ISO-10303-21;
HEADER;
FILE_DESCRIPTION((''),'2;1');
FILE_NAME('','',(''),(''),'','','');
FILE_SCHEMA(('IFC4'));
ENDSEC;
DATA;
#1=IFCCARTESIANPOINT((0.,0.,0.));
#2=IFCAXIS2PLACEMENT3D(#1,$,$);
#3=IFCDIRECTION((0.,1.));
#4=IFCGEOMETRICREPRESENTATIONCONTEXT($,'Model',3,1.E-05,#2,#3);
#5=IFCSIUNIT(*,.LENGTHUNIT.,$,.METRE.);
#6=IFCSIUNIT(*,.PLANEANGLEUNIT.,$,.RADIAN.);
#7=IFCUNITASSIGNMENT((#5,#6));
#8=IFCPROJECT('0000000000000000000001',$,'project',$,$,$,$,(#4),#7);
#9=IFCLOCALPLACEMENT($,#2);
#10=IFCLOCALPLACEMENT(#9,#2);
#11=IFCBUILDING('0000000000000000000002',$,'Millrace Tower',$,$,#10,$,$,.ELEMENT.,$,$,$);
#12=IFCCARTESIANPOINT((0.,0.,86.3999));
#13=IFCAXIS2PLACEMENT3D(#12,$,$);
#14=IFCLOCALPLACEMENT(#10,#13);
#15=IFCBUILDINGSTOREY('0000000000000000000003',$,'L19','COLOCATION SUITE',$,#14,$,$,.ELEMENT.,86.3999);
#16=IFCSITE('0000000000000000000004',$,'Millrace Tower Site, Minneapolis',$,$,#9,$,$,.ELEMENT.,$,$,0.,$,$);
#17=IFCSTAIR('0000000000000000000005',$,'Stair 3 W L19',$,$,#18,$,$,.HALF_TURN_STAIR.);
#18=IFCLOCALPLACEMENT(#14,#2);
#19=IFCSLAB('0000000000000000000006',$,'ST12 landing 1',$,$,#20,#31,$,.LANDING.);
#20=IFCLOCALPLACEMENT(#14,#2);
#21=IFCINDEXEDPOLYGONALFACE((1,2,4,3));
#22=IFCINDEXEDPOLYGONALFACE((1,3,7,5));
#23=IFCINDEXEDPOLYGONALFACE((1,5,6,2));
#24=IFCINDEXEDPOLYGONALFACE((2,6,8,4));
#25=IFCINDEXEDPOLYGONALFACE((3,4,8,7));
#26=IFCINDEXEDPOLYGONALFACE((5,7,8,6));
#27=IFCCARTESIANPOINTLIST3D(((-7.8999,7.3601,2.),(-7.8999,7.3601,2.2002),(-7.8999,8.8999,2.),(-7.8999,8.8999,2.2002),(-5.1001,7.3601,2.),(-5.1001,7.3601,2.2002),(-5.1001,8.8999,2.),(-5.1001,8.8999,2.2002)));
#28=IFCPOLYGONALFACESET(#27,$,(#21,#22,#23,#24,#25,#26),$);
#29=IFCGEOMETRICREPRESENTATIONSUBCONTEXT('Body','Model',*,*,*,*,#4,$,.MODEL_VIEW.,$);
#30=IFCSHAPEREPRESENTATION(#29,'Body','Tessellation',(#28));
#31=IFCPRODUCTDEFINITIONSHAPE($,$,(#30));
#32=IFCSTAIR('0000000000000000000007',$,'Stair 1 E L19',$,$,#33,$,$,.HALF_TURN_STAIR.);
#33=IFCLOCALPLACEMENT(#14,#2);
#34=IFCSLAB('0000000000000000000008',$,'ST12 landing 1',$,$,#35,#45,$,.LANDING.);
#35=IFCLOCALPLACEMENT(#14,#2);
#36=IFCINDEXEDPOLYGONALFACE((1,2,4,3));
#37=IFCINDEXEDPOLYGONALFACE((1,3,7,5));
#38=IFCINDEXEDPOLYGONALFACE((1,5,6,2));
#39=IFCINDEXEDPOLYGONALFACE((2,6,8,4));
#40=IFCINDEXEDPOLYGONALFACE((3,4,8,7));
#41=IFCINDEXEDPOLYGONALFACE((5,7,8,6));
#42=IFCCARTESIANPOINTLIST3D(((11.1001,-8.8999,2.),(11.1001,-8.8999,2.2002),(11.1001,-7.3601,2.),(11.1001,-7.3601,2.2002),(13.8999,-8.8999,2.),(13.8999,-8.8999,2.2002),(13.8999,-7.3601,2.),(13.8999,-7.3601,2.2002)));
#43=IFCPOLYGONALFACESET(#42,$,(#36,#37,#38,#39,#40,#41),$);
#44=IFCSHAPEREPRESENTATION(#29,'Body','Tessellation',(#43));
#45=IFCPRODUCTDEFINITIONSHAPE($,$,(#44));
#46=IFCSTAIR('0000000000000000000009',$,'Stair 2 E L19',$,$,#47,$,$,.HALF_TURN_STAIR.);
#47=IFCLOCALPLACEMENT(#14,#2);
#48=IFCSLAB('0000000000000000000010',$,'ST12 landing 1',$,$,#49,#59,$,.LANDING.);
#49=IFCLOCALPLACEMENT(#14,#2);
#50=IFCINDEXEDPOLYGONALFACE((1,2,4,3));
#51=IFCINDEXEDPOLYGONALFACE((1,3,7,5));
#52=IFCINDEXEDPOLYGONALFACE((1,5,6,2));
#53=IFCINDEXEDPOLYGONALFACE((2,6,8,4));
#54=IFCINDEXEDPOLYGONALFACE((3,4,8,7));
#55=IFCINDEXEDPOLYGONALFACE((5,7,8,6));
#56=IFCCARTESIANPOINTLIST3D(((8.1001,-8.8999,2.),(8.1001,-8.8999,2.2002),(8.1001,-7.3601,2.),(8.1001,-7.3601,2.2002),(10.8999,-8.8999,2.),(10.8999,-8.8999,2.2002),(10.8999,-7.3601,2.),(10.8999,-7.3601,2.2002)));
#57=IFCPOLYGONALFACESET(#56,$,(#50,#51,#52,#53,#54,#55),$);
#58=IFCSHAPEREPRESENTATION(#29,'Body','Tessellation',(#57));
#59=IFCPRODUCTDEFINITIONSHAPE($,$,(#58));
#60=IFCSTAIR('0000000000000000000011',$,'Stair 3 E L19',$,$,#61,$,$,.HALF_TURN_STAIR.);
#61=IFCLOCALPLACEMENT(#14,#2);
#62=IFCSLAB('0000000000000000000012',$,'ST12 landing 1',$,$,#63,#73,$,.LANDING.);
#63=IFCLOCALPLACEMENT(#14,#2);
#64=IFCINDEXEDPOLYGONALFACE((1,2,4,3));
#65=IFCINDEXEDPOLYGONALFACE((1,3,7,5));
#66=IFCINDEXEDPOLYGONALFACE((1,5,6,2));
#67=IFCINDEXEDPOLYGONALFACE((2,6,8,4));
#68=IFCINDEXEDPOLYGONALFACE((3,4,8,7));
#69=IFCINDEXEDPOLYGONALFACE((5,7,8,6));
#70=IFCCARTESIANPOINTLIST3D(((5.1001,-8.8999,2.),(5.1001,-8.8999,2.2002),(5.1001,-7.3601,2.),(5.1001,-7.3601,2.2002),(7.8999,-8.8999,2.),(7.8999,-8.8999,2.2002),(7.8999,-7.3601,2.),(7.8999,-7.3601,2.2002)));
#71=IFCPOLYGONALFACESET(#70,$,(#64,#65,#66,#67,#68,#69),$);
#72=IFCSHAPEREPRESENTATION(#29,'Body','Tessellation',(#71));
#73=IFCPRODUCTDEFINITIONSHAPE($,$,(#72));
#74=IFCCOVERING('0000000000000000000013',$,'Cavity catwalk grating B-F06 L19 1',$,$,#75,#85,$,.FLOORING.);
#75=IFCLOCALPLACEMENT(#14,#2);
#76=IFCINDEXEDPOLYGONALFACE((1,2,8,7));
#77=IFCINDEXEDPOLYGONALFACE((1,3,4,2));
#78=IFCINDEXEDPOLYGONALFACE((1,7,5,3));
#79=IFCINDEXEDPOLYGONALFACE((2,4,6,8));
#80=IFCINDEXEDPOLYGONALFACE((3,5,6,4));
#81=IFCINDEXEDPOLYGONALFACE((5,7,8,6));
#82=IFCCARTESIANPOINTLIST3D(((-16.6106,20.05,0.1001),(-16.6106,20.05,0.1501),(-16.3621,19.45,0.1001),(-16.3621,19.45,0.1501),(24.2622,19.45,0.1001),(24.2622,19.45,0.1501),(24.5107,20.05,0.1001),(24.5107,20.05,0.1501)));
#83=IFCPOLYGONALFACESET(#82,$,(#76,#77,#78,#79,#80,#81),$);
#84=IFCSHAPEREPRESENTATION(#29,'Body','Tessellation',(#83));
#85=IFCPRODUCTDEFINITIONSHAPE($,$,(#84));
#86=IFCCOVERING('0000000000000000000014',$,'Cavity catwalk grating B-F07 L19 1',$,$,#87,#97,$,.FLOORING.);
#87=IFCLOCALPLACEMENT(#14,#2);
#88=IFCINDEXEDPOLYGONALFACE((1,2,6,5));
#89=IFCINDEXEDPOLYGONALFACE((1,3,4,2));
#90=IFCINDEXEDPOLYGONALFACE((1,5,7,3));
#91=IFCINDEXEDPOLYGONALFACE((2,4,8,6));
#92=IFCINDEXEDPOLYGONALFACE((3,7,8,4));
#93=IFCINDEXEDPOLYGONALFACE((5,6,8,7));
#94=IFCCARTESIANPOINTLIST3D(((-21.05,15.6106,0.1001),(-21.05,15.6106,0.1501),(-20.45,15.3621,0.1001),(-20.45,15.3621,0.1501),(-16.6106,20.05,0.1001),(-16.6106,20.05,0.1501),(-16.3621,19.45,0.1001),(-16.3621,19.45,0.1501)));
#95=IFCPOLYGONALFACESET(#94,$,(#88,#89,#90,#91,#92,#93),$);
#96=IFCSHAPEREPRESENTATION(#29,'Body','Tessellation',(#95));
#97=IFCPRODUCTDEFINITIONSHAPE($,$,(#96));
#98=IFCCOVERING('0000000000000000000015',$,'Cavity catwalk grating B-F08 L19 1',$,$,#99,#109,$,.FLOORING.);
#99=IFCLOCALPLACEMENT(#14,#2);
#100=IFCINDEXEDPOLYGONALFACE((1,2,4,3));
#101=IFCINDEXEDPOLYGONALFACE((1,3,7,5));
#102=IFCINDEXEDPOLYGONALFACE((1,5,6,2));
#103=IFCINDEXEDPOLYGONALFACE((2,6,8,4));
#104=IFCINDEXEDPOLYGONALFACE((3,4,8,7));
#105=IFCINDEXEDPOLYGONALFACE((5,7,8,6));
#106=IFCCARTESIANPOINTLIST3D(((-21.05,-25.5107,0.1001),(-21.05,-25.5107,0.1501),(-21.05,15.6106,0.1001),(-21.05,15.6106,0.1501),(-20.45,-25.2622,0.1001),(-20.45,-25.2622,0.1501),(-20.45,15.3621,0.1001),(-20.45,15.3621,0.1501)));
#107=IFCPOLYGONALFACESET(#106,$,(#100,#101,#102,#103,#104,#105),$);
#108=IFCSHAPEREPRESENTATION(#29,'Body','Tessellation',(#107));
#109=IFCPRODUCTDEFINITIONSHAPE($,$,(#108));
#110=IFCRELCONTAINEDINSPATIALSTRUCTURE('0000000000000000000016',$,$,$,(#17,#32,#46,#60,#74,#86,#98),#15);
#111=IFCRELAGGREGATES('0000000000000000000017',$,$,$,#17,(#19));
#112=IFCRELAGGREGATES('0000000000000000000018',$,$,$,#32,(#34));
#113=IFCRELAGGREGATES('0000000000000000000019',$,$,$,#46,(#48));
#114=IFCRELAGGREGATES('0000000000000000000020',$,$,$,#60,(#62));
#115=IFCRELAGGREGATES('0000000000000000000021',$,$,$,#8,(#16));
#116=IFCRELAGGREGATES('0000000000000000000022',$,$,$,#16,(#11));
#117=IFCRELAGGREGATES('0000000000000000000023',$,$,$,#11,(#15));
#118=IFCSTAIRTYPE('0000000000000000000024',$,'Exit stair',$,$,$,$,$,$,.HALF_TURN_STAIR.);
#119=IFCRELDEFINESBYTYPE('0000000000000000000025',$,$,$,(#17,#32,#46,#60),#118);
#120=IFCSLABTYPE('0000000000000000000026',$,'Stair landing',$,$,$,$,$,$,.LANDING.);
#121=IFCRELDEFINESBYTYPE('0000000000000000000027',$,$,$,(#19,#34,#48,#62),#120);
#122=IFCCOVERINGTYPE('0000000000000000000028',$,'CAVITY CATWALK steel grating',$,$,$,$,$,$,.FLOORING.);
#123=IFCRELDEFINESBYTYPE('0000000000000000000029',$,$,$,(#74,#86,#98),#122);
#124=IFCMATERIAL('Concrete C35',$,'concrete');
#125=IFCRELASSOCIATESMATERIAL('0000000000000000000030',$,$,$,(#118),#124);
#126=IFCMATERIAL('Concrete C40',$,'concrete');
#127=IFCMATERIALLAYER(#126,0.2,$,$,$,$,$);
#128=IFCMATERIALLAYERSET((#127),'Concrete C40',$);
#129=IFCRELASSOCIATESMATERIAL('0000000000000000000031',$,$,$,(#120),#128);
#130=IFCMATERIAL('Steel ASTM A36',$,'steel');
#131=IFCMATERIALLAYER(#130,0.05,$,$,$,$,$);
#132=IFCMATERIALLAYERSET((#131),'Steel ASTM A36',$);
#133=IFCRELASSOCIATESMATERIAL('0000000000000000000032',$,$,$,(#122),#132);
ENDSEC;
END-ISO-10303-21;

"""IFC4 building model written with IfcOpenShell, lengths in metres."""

from ifc_helpers import new_model, si_unit, direction, frame, origin, place, context, subcontext, project, spatial, polyline, outline, extrude, material, layer, layer_set, type_object, element, aggregate, save


model = new_model("IFC4")

# Units and contexts
model_context = context("Model", 3, precision=1e-05, world=origin(), true_north=direction((0.0, 1.0)))
body_context = subcontext(model_context, "Body", "Model", "MODEL_VIEW")
ifc_project = project(units=[si_unit("LENGTHUNIT", "METRE"), si_unit("PLANEANGLEUNIT", "RADIAN")], contexts=[model_context])

# Site, building, storey
site_placement = place(None, origin())
site = spatial("IfcSite", under=ifc_project, at=site_placement, Name="Millrace Tower Site, Minneapolis", CompositionType="ELEMENT", RefElevation=0.0)
building_placement = place(site_placement, origin())
building = spatial("IfcBuilding", under=site, at=building_placement, Name="Millrace Tower", CompositionType="ELEMENT")
storey_placement = place(building_placement, frame((0.0, 0.0, 86.3999)))
storey = spatial("IfcBuildingStorey", under=building, at=storey_placement, Name="L19", Description="COLOCATION SUITE", CompositionType="ELEMENT", Elevation=86.3999)

# Shared definitions
placement_1 = place(storey_placement, origin())

# Stairs, slabs
ifc_material_1 = material(Name="Concrete C35", Category="concrete")
stair_type = type_object("IfcStairType", Name="Exit stair", PredefinedType="HALF_TURN_STAIR", material=ifc_material_1)
ifc_material_2 = material(Name="Concrete C40", Category="concrete")
ifc_layer_1 = layer(ifc_material_2, 0.2)
ifc_layer_set_1 = layer_set([ifc_layer_1], Name="Concrete C40")
slab_type = type_object("IfcSlabType", Name="Stair landing", PredefinedType="LANDING", material=ifc_layer_set_1)
placement_2 = place(storey_placement, frame((0.0, 0.0, 2.0)))
stair_1 = element("IfcStair", 1, at=placement_1, inside=storey, type_object=stair_type, Name="Stair 3 W L19", PredefinedType="HALF_TURN_STAIR")
slab_1 = element("IfcSlab", 2, at=placement_2, type_object=slab_type, Name="ST12 landing 1", PredefinedType="LANDING", context=body_context, shape_type="SweptSolid", body=[
    extrude(outline(polyline([(-7.8999, 7.3601), (-5.1001, 7.3601), (-5.1001, 8.8999), (-7.8999, 8.8999), (-7.8999, 7.3601)])), origin(), (0.0, 0.0, 1.0), 0.2002),
])
aggregate(stair_1, [slab_1])
stair_2 = element("IfcStair", 3, at=placement_1, inside=storey, type_object=stair_type, Name="Stair 1 E L19", PredefinedType="HALF_TURN_STAIR")
slab_2 = element("IfcSlab", 4, at=placement_2, type_object=slab_type, Name="ST12 landing 1", PredefinedType="LANDING", context=body_context, shape_type="SweptSolid", body=[
    extrude(outline(polyline([(11.1001, -8.8999), (13.8999, -8.8999), (13.8999, -7.3601), (11.1001, -7.3601), (11.1001, -8.8999)])), origin(), (0.0, 0.0, 1.0), 0.2002),
])
aggregate(stair_2, [slab_2])
stair_3 = element("IfcStair", 5, at=placement_1, inside=storey, type_object=stair_type, Name="Stair 2 E L19", PredefinedType="HALF_TURN_STAIR")
slab_3 = element("IfcSlab", 6, at=placement_2, type_object=slab_type, Name="ST12 landing 1", PredefinedType="LANDING", context=body_context, shape_type="SweptSolid", body=[
    extrude(outline(polyline([(8.1001, -8.8999), (10.8999, -8.8999), (10.8999, -7.3601), (8.1001, -7.3601), (8.1001, -8.8999)])), origin(), (0.0, 0.0, 1.0), 0.2002),
])
aggregate(stair_3, [slab_3])
stair_4 = element("IfcStair", 7, at=placement_1, inside=storey, type_object=stair_type, Name="Stair 3 E L19", PredefinedType="HALF_TURN_STAIR")
slab_4 = element("IfcSlab", 8, at=placement_2, type_object=slab_type, Name="ST12 landing 1", PredefinedType="LANDING", context=body_context, shape_type="SweptSolid", body=[
    extrude(outline(polyline([(5.1001, -8.8999), (7.8999, -8.8999), (7.8999, -7.3601), (5.1001, -7.3601), (5.1001, -8.8999)])), origin(), (0.0, 0.0, 1.0), 0.2002),
])
aggregate(stair_4, [slab_4])

# Coverings
ifc_material_3 = material(Name="Steel ASTM A36", Category="steel")
ifc_layer_2 = layer(ifc_material_3, 0.05)
ifc_layer_set_2 = layer_set([ifc_layer_2], Name="Steel ASTM A36")
covering_type = type_object("IfcCoveringType", Name="CAVITY CATWALK steel grating", PredefinedType="FLOORING", material=ifc_layer_set_2)
placement_3 = place(storey_placement, frame((0.0, 0.0, 0.1001)))
element("IfcCovering", 9, at=placement_3, inside=storey, type_object=covering_type, Name="Cavity catwalk grating B-F06 L19 1", PredefinedType="FLOORING", context=body_context, shape_type="SweptSolid", body=[
    extrude(outline(polyline([(24.5107, 20.05), (-16.6106, 20.05), (-16.3621, 19.45), (24.2622, 19.45), (24.5107, 20.05)])), origin(), (0.0, 0.0, 1.0), 0.05),
])
element("IfcCovering", 10, at=placement_3, inside=storey, type_object=covering_type, Name="Cavity catwalk grating B-F07 L19 1", PredefinedType="FLOORING", context=body_context, shape_type="SweptSolid", body=[
    extrude(outline(polyline([(-16.6106, 20.05), (-21.05, 15.6106), (-20.45, 15.3621), (-16.3621, 19.45), (-16.6106, 20.05)])), origin(), (0.0, 0.0, 1.0), 0.05),
])
element("IfcCovering", 11, at=placement_3, inside=storey, type_object=covering_type, Name="Cavity catwalk grating B-F08 L19 1", PredefinedType="FLOORING", context=body_context, shape_type="SweptSolid", body=[
    extrude(outline(polyline([(-21.05, 15.6106), (-21.05, -25.5107), (-20.45, -25.2622), (-20.45, 15.3621), (-21.05, 15.6106)])), origin(), (0.0, 0.0, 1.0), 0.05),
])

save(model, "model.ifc")
